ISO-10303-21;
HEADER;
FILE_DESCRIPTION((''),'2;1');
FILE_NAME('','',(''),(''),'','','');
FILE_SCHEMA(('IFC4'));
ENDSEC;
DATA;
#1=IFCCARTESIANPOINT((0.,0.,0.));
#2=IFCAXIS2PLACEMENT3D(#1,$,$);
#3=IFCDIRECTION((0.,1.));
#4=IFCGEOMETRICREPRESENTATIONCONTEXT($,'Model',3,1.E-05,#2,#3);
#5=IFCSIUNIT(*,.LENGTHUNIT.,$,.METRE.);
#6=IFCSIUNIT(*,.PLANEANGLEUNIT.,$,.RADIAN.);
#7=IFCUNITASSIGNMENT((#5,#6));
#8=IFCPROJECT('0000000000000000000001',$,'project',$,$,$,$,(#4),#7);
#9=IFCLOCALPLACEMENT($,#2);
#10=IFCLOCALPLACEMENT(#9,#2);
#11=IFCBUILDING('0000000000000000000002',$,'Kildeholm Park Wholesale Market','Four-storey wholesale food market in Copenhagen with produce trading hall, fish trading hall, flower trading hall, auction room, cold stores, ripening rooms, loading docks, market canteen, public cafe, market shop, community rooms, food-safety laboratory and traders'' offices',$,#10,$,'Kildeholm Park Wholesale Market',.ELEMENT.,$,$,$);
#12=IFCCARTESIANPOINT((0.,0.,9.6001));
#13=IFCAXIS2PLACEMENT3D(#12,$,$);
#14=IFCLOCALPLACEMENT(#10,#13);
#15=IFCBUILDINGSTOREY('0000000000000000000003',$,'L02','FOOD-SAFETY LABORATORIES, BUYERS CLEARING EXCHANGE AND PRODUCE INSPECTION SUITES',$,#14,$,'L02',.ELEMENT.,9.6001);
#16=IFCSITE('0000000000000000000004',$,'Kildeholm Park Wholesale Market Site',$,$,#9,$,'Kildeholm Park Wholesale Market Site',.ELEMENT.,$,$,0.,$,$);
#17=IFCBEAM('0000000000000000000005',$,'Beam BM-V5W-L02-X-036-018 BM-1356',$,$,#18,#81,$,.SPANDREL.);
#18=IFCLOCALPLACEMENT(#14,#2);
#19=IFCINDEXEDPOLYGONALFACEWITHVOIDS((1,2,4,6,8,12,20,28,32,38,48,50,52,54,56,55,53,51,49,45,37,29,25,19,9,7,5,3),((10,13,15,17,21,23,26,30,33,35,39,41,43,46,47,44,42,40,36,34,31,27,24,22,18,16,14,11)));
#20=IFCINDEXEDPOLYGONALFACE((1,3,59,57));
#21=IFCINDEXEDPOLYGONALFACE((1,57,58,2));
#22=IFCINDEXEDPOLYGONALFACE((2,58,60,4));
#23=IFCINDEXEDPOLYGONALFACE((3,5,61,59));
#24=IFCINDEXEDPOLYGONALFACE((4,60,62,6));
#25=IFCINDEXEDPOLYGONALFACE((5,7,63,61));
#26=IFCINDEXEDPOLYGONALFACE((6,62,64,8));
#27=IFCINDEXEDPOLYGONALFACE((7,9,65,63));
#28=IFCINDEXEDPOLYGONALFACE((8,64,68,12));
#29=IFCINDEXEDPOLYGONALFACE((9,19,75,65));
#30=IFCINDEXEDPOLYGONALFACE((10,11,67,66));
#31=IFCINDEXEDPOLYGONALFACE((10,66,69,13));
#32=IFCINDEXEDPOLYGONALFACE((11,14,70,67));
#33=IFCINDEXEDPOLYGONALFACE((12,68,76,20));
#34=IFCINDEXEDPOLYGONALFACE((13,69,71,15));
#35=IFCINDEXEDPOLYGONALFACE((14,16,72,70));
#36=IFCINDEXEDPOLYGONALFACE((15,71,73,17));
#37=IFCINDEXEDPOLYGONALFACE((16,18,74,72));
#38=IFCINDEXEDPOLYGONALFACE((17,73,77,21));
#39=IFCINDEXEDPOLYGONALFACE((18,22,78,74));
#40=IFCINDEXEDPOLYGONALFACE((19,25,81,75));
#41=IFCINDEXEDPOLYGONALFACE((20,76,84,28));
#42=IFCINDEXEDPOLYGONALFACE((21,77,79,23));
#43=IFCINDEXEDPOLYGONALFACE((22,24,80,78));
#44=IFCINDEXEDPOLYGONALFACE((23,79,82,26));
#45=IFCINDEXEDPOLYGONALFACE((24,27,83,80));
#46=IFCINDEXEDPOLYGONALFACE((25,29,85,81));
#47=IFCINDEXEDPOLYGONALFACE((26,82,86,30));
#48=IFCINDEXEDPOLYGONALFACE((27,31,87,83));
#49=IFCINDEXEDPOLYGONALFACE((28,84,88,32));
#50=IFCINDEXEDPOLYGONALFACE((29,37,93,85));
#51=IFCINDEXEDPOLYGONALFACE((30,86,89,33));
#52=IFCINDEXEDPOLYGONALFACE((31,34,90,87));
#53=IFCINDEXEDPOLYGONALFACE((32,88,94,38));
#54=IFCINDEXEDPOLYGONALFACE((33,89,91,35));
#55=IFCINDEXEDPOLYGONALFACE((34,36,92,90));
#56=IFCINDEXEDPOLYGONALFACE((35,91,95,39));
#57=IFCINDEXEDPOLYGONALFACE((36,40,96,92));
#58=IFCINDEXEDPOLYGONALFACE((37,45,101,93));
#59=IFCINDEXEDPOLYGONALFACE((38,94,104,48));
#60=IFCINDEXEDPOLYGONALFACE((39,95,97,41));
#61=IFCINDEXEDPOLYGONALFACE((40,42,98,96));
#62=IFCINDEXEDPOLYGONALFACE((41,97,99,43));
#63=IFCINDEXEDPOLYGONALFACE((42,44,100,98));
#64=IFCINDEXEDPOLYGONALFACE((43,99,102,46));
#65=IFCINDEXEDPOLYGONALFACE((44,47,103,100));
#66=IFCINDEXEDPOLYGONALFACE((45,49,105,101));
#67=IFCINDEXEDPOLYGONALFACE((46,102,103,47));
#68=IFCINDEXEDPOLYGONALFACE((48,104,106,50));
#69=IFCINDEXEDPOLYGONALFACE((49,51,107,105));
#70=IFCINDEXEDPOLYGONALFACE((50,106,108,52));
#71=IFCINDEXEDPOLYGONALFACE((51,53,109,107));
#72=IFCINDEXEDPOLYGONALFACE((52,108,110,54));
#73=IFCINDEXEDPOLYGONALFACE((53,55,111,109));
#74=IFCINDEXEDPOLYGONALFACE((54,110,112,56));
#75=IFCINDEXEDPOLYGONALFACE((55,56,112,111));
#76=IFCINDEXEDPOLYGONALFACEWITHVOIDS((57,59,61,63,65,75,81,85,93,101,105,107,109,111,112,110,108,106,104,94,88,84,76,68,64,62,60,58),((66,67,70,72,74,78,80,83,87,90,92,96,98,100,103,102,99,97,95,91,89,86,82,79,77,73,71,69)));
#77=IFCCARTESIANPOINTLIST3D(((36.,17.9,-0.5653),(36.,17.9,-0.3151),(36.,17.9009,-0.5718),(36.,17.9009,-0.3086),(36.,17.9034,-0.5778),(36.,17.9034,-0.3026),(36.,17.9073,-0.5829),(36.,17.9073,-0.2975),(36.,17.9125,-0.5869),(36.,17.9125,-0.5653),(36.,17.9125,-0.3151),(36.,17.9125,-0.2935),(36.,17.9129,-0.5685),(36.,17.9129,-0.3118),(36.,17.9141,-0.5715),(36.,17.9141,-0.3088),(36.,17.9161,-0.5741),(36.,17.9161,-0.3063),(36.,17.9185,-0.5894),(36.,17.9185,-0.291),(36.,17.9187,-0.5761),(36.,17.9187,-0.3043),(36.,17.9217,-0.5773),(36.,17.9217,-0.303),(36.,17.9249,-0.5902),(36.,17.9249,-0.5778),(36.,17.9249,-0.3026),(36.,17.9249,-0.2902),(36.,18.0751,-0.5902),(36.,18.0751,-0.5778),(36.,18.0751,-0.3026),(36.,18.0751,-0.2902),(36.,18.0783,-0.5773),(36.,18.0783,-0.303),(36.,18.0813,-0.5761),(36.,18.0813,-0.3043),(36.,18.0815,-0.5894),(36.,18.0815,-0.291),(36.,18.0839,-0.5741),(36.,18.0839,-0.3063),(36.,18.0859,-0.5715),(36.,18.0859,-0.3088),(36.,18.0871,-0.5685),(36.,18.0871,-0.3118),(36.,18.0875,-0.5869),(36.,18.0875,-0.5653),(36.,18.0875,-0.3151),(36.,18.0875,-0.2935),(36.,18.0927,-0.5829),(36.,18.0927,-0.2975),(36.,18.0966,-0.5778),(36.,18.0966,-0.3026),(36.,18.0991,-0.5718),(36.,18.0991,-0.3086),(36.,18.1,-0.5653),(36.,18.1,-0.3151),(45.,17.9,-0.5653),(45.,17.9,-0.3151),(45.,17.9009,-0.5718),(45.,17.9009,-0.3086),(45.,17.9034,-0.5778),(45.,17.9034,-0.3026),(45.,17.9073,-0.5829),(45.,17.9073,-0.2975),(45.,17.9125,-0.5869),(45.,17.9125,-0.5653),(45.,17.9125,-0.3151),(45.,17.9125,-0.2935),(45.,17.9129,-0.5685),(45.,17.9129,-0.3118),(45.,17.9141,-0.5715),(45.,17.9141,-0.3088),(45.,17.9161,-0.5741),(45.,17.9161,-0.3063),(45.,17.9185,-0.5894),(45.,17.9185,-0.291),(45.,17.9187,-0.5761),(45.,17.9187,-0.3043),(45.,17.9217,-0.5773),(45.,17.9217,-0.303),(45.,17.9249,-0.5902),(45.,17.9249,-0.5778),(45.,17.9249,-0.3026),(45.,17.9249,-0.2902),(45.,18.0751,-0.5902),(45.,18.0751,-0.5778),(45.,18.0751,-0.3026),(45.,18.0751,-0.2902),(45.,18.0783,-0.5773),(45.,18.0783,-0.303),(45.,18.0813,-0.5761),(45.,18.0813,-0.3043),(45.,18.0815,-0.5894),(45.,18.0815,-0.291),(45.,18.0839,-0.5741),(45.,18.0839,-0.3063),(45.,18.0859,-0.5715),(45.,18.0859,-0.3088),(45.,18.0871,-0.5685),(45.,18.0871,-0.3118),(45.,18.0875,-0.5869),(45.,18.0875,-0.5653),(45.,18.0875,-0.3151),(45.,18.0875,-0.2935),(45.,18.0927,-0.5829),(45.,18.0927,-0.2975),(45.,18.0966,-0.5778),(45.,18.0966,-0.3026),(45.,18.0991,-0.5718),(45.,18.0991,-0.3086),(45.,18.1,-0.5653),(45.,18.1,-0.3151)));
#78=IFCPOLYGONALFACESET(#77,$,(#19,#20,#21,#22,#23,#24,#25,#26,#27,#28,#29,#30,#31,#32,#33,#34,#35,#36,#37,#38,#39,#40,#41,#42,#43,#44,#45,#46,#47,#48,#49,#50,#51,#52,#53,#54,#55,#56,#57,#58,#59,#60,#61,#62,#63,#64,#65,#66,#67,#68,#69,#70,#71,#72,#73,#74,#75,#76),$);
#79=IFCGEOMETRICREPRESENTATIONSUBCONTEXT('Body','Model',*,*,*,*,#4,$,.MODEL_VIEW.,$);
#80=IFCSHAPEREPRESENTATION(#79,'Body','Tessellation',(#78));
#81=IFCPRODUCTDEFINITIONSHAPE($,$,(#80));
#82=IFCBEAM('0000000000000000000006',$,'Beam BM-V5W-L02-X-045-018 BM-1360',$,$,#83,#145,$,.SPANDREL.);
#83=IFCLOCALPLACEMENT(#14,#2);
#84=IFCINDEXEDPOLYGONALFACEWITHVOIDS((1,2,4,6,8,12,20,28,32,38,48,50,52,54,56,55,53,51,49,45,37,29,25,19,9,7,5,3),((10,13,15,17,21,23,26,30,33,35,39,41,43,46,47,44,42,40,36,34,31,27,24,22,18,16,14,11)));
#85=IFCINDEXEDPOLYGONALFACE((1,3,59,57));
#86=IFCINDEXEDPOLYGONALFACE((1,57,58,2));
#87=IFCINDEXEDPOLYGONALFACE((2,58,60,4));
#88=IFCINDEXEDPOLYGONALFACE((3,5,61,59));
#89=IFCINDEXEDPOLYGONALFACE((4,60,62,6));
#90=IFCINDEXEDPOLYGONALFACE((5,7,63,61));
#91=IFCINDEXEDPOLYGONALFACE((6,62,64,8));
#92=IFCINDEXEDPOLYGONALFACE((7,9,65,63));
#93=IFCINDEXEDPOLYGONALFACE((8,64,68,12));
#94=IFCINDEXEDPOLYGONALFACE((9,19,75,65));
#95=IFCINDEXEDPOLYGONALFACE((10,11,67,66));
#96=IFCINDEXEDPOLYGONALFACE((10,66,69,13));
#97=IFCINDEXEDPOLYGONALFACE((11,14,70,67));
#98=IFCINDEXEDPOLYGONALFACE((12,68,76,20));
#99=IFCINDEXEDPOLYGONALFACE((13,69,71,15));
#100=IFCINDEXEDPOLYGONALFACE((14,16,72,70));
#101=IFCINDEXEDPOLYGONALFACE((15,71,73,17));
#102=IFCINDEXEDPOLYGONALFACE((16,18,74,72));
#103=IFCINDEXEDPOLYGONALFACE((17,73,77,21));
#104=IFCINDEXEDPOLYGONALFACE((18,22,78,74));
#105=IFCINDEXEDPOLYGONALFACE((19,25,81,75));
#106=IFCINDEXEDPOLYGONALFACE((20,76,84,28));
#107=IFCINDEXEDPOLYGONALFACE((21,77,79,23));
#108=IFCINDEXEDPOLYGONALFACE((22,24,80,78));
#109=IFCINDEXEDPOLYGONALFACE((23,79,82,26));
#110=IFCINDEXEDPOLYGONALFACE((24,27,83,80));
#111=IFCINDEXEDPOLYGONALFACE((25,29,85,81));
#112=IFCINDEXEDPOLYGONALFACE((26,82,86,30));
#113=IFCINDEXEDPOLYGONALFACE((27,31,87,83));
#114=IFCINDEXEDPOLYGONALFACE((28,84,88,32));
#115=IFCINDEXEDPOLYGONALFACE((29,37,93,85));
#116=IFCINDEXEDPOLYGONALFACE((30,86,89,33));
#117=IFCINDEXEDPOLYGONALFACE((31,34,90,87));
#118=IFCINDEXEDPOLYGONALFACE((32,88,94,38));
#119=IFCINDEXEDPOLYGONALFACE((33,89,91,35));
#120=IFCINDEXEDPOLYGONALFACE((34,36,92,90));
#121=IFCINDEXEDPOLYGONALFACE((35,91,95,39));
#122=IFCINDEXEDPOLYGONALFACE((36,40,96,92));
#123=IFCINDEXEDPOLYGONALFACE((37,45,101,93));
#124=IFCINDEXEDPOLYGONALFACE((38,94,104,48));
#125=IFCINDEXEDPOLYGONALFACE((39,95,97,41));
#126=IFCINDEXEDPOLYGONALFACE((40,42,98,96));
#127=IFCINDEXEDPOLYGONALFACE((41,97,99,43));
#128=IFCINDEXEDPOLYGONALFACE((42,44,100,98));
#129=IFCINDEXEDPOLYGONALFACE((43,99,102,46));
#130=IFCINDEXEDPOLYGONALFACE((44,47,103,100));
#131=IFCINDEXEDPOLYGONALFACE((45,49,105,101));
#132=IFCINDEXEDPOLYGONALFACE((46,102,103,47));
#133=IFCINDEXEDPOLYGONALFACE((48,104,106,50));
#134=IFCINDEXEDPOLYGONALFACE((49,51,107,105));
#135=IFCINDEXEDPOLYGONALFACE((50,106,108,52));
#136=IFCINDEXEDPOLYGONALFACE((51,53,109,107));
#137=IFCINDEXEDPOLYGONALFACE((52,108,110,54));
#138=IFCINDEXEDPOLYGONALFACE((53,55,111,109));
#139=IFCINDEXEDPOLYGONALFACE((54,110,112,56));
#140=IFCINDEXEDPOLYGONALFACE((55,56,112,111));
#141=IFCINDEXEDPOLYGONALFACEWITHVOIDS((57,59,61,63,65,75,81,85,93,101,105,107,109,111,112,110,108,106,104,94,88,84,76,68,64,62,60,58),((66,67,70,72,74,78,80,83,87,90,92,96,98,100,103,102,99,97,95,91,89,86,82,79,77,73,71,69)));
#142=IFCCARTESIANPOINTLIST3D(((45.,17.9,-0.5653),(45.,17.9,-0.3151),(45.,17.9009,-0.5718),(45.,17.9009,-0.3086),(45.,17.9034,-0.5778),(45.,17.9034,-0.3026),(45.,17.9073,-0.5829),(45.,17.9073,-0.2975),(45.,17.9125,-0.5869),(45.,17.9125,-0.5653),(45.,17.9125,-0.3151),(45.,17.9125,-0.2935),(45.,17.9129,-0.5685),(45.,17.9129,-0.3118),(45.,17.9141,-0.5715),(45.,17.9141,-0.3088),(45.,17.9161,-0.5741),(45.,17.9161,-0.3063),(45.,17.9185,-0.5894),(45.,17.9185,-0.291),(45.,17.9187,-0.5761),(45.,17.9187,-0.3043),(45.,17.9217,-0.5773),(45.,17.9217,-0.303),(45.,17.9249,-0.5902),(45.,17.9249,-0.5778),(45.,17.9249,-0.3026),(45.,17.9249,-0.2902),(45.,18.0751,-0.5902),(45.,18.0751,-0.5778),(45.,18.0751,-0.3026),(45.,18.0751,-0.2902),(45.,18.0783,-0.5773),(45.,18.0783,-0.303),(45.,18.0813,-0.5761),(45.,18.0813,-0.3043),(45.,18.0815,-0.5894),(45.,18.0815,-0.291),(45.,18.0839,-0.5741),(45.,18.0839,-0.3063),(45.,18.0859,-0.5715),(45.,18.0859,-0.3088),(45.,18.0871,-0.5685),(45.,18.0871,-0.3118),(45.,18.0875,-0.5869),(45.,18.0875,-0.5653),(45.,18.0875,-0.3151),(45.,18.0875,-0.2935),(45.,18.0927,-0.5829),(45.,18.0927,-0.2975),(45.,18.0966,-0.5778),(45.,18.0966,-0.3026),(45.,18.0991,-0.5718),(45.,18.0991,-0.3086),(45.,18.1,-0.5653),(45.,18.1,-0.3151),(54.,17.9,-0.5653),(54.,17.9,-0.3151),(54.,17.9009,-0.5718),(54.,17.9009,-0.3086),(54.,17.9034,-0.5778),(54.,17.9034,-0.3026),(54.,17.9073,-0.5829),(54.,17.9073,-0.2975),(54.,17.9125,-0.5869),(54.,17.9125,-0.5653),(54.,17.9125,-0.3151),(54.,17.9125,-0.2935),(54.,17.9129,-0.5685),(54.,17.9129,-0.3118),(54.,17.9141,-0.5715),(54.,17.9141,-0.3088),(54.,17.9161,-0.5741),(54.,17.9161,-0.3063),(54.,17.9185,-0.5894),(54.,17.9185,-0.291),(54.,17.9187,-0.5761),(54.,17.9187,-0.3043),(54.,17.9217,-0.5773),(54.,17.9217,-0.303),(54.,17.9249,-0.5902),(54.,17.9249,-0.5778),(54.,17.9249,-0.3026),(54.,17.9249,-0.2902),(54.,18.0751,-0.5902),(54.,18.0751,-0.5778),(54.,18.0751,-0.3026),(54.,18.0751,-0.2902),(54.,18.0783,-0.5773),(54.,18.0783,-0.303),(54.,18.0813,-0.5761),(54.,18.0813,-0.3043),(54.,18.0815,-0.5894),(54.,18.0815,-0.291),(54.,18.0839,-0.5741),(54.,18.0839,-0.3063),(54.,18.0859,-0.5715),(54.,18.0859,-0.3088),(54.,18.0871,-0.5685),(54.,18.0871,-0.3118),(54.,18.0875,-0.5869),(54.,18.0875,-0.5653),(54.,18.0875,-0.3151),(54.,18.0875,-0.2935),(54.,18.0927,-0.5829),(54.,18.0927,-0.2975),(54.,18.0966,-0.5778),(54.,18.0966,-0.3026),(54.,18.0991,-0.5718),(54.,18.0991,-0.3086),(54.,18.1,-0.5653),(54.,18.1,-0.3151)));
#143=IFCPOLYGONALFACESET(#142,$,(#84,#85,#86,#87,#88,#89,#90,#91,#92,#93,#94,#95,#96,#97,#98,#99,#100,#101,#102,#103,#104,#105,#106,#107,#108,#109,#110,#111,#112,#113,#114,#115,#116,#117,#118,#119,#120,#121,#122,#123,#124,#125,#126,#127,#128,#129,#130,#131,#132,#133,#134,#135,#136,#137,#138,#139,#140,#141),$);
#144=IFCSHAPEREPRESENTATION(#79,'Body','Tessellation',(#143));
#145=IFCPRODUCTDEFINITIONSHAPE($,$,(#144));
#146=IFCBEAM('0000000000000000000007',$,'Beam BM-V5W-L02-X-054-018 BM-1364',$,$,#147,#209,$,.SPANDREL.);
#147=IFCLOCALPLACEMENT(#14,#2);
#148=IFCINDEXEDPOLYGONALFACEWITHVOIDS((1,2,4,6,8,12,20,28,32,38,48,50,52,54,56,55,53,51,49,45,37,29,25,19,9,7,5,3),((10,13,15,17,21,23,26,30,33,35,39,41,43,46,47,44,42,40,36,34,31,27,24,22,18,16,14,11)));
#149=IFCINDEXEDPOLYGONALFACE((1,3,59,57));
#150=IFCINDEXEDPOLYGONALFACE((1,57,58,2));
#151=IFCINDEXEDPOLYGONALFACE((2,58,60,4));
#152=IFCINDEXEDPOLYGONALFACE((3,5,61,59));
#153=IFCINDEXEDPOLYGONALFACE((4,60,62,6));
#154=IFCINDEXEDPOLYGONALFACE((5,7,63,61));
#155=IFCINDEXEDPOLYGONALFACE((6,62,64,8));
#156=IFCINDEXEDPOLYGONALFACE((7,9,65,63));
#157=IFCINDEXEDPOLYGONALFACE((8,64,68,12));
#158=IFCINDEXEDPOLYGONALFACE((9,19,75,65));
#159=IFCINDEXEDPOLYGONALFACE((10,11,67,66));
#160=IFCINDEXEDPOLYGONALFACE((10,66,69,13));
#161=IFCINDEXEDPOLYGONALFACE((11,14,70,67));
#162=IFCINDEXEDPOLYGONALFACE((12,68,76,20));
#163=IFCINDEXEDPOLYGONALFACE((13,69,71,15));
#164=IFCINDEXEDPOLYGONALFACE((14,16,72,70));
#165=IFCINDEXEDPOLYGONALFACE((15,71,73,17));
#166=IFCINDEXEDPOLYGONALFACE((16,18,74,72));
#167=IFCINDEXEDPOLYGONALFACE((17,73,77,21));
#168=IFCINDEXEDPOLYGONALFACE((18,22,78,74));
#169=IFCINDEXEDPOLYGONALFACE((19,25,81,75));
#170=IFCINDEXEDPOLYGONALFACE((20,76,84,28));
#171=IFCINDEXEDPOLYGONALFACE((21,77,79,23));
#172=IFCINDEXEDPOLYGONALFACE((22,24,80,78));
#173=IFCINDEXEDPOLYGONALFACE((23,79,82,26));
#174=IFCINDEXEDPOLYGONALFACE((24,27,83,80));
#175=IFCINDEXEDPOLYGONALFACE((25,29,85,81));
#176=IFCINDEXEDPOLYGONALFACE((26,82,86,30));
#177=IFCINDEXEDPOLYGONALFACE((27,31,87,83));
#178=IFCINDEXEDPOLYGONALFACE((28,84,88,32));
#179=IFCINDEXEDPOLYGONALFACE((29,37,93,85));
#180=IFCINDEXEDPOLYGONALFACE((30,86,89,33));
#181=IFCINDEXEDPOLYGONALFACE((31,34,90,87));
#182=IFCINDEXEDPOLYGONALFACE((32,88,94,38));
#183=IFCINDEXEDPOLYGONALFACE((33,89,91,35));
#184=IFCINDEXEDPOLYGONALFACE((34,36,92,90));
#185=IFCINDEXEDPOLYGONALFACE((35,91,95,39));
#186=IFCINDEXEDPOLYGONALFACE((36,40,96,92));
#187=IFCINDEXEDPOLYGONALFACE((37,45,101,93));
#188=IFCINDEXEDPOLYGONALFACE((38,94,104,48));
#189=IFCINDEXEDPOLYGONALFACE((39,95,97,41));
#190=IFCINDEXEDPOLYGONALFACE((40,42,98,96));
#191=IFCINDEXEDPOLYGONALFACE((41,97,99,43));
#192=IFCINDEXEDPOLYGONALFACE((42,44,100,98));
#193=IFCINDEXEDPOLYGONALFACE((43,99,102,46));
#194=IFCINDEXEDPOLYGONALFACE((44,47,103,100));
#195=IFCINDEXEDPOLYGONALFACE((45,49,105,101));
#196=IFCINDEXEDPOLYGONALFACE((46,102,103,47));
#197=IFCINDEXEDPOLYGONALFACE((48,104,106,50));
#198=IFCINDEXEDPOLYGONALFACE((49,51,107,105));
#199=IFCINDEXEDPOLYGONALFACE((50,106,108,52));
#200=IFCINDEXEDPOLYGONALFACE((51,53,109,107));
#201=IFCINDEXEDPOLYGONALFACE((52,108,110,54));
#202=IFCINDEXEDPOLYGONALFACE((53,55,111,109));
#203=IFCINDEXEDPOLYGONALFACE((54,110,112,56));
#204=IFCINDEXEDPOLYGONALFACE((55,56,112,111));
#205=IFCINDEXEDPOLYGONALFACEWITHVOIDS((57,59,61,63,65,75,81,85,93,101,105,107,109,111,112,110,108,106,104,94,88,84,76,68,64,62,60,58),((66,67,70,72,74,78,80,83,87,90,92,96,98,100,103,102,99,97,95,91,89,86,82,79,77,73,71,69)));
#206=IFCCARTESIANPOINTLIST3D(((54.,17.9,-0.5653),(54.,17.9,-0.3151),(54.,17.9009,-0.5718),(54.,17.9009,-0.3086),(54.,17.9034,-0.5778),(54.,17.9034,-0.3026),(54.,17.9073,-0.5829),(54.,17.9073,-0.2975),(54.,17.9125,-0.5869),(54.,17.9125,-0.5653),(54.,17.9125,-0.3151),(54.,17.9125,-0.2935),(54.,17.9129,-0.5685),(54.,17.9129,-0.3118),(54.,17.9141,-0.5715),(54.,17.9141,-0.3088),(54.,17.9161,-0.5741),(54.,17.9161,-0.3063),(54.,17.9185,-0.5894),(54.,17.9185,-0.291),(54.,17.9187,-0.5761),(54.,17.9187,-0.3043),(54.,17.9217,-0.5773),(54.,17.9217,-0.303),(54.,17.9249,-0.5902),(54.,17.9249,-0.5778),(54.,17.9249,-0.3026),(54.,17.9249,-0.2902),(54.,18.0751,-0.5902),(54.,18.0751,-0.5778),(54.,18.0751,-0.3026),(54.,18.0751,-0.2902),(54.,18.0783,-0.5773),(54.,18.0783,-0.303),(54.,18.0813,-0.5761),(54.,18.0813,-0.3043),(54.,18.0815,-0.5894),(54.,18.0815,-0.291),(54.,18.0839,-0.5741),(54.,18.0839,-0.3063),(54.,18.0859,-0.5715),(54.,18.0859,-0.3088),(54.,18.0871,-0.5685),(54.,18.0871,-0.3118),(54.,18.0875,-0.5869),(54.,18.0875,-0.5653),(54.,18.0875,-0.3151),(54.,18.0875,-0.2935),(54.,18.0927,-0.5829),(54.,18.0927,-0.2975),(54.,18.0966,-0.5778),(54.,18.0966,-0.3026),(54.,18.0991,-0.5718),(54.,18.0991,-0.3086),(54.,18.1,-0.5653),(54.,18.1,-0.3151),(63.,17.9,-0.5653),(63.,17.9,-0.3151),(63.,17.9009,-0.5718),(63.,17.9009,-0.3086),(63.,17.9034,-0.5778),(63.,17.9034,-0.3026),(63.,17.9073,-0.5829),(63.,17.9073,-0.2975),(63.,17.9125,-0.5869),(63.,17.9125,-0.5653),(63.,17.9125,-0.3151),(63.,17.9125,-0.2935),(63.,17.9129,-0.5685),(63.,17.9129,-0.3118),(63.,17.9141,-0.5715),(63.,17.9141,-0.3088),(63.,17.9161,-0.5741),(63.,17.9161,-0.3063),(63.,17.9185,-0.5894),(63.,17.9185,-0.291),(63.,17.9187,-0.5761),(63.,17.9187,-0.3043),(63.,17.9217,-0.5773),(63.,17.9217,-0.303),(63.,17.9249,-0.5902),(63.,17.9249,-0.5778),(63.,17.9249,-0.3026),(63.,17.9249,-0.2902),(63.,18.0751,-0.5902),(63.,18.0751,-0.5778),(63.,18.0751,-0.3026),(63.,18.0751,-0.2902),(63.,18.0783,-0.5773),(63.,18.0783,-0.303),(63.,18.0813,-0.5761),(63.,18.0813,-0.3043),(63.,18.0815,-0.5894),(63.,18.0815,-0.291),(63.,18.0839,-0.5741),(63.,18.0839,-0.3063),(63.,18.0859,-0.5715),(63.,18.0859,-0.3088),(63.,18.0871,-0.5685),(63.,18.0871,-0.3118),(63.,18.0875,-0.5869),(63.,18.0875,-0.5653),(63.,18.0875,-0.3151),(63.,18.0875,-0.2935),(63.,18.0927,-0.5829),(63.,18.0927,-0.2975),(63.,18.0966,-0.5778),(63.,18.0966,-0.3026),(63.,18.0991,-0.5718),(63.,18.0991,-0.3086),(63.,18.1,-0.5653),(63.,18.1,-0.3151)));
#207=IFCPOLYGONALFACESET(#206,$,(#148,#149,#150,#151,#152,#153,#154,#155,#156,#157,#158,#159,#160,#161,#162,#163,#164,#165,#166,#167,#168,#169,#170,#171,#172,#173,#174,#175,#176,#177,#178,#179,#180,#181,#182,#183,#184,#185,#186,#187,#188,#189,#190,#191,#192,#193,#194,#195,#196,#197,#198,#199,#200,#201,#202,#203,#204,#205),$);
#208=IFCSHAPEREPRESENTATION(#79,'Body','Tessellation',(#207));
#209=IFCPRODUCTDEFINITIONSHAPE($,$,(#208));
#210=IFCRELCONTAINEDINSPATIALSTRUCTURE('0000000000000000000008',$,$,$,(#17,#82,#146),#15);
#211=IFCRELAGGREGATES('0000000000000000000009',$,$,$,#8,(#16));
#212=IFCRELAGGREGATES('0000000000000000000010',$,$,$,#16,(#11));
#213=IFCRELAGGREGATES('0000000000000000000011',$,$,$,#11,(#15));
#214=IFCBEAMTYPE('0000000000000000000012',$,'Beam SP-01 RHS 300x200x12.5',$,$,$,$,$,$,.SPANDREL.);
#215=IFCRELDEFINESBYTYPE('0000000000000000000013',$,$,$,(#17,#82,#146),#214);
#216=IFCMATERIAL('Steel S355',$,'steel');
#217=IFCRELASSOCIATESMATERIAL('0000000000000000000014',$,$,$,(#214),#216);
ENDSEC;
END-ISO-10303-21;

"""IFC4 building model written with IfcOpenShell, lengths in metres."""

from ifc_helpers import new_model, si_unit, direction, frame, origin, origin_2d, place, context, subcontext, project, spatial, hollow_rectangle, extrude, material, material_profile, profile_set, type_object, element, save


model = new_model("IFC4")

# Units and contexts
model_context = context("Model", 3, precision=1e-05, world=origin(), true_north=direction((0.0, 1.0)))
body_context = subcontext(model_context, "Body", "Model", "MODEL_VIEW")
ifc_project = project(units=[si_unit("LENGTHUNIT", "METRE"), si_unit("PLANEANGLEUNIT", "RADIAN")], contexts=[model_context])

# Site, building, storey
site_placement = place(None, origin())
site = spatial("IfcSite", under=ifc_project, at=site_placement, Name="Kildeholm Park Wholesale Market Site", LongName="Kildeholm Park Wholesale Market Site", CompositionType="ELEMENT", RefElevation=0.0)
building_placement = place(site_placement, origin())
building = spatial("IfcBuilding", under=site, at=building_placement, Name="Kildeholm Park Wholesale Market", Description="Four-storey wholesale food market in Copenhagen with produce trading hall, fish trading hall, flower trading hall, auction room, cold stores, ripening rooms, loading docks, market canteen, public cafe, market shop, community rooms, food-safety laboratory and traders' offices", LongName="Kildeholm Park Wholesale Market", CompositionType="ELEMENT")
storey_placement = place(building_placement, frame((0.0, 0.0, 9.6001)))
storey = spatial("IfcBuildingStorey", under=building, at=storey_placement, Name="L02", Description="FOOD-SAFETY LABORATORIES, BUYERS CLEARING EXCHANGE AND PRODUCE INSPECTION SUITES", LongName="L02", CompositionType="ELEMENT", Elevation=9.6001)

# Shared definitions
ifc_material_1 = material(Name="Steel S355", Category="steel")

# Beams
ifc_material_profile_1 = material_profile(ifc_material_1, hollow_rectangle(XDim=0.2, YDim=0.3, WallThickness=0.0125, InnerFilletRadius=0.0125, OuterFilletRadius=0.0249, at=origin_2d()), Name="RHS 300x200x12.5")
ifc_profile_set_1 = profile_set([ifc_material_profile_1], Name="Steel S355")
beam_type_1 = type_object("IfcBeamType", Name="Beam SP-01 RHS 300x200x12.5", PredefinedType="SPANDREL", material=ifc_profile_set_1)
for number, where, z_axis, x_axis, name in (
    (1, (36.0, 18.0, -0.4402), (1.0, 0.0, 0.0), (0.0, 1.0, 0.0), "Beam BM-V5W-L02-X-036-018 BM-1356"),
    (2, (45.0, 18.0, -0.4402), (1.0, 0.0, 0.0), (0.0, 1.0, 0.0), "Beam BM-V5W-L02-X-045-018 BM-1360"),
    (3, (54.0, 18.0, -0.4402), (1.0, 0.0, 0.0), (0.0, 1.0, 0.0), "Beam BM-V5W-L02-X-054-018 BM-1364"),
):
    element("IfcBeam", number, at=place(storey_placement, frame(where, z_axis=z_axis, x_axis=x_axis)), inside=storey, type_object=beam_type_1, Name=name, PredefinedType="SPANDREL", context=body_context, shape_type="SweptSolid", body=[
        extrude(hollow_rectangle(XDim=0.2, YDim=0.3, WallThickness=0.0125, InnerFilletRadius=0.0125, OuterFilletRadius=0.0249, at=origin_2d()), origin(), (0.0, 0.0, 1.0), 9.0),
    ])

save(model, "model.ifc")
